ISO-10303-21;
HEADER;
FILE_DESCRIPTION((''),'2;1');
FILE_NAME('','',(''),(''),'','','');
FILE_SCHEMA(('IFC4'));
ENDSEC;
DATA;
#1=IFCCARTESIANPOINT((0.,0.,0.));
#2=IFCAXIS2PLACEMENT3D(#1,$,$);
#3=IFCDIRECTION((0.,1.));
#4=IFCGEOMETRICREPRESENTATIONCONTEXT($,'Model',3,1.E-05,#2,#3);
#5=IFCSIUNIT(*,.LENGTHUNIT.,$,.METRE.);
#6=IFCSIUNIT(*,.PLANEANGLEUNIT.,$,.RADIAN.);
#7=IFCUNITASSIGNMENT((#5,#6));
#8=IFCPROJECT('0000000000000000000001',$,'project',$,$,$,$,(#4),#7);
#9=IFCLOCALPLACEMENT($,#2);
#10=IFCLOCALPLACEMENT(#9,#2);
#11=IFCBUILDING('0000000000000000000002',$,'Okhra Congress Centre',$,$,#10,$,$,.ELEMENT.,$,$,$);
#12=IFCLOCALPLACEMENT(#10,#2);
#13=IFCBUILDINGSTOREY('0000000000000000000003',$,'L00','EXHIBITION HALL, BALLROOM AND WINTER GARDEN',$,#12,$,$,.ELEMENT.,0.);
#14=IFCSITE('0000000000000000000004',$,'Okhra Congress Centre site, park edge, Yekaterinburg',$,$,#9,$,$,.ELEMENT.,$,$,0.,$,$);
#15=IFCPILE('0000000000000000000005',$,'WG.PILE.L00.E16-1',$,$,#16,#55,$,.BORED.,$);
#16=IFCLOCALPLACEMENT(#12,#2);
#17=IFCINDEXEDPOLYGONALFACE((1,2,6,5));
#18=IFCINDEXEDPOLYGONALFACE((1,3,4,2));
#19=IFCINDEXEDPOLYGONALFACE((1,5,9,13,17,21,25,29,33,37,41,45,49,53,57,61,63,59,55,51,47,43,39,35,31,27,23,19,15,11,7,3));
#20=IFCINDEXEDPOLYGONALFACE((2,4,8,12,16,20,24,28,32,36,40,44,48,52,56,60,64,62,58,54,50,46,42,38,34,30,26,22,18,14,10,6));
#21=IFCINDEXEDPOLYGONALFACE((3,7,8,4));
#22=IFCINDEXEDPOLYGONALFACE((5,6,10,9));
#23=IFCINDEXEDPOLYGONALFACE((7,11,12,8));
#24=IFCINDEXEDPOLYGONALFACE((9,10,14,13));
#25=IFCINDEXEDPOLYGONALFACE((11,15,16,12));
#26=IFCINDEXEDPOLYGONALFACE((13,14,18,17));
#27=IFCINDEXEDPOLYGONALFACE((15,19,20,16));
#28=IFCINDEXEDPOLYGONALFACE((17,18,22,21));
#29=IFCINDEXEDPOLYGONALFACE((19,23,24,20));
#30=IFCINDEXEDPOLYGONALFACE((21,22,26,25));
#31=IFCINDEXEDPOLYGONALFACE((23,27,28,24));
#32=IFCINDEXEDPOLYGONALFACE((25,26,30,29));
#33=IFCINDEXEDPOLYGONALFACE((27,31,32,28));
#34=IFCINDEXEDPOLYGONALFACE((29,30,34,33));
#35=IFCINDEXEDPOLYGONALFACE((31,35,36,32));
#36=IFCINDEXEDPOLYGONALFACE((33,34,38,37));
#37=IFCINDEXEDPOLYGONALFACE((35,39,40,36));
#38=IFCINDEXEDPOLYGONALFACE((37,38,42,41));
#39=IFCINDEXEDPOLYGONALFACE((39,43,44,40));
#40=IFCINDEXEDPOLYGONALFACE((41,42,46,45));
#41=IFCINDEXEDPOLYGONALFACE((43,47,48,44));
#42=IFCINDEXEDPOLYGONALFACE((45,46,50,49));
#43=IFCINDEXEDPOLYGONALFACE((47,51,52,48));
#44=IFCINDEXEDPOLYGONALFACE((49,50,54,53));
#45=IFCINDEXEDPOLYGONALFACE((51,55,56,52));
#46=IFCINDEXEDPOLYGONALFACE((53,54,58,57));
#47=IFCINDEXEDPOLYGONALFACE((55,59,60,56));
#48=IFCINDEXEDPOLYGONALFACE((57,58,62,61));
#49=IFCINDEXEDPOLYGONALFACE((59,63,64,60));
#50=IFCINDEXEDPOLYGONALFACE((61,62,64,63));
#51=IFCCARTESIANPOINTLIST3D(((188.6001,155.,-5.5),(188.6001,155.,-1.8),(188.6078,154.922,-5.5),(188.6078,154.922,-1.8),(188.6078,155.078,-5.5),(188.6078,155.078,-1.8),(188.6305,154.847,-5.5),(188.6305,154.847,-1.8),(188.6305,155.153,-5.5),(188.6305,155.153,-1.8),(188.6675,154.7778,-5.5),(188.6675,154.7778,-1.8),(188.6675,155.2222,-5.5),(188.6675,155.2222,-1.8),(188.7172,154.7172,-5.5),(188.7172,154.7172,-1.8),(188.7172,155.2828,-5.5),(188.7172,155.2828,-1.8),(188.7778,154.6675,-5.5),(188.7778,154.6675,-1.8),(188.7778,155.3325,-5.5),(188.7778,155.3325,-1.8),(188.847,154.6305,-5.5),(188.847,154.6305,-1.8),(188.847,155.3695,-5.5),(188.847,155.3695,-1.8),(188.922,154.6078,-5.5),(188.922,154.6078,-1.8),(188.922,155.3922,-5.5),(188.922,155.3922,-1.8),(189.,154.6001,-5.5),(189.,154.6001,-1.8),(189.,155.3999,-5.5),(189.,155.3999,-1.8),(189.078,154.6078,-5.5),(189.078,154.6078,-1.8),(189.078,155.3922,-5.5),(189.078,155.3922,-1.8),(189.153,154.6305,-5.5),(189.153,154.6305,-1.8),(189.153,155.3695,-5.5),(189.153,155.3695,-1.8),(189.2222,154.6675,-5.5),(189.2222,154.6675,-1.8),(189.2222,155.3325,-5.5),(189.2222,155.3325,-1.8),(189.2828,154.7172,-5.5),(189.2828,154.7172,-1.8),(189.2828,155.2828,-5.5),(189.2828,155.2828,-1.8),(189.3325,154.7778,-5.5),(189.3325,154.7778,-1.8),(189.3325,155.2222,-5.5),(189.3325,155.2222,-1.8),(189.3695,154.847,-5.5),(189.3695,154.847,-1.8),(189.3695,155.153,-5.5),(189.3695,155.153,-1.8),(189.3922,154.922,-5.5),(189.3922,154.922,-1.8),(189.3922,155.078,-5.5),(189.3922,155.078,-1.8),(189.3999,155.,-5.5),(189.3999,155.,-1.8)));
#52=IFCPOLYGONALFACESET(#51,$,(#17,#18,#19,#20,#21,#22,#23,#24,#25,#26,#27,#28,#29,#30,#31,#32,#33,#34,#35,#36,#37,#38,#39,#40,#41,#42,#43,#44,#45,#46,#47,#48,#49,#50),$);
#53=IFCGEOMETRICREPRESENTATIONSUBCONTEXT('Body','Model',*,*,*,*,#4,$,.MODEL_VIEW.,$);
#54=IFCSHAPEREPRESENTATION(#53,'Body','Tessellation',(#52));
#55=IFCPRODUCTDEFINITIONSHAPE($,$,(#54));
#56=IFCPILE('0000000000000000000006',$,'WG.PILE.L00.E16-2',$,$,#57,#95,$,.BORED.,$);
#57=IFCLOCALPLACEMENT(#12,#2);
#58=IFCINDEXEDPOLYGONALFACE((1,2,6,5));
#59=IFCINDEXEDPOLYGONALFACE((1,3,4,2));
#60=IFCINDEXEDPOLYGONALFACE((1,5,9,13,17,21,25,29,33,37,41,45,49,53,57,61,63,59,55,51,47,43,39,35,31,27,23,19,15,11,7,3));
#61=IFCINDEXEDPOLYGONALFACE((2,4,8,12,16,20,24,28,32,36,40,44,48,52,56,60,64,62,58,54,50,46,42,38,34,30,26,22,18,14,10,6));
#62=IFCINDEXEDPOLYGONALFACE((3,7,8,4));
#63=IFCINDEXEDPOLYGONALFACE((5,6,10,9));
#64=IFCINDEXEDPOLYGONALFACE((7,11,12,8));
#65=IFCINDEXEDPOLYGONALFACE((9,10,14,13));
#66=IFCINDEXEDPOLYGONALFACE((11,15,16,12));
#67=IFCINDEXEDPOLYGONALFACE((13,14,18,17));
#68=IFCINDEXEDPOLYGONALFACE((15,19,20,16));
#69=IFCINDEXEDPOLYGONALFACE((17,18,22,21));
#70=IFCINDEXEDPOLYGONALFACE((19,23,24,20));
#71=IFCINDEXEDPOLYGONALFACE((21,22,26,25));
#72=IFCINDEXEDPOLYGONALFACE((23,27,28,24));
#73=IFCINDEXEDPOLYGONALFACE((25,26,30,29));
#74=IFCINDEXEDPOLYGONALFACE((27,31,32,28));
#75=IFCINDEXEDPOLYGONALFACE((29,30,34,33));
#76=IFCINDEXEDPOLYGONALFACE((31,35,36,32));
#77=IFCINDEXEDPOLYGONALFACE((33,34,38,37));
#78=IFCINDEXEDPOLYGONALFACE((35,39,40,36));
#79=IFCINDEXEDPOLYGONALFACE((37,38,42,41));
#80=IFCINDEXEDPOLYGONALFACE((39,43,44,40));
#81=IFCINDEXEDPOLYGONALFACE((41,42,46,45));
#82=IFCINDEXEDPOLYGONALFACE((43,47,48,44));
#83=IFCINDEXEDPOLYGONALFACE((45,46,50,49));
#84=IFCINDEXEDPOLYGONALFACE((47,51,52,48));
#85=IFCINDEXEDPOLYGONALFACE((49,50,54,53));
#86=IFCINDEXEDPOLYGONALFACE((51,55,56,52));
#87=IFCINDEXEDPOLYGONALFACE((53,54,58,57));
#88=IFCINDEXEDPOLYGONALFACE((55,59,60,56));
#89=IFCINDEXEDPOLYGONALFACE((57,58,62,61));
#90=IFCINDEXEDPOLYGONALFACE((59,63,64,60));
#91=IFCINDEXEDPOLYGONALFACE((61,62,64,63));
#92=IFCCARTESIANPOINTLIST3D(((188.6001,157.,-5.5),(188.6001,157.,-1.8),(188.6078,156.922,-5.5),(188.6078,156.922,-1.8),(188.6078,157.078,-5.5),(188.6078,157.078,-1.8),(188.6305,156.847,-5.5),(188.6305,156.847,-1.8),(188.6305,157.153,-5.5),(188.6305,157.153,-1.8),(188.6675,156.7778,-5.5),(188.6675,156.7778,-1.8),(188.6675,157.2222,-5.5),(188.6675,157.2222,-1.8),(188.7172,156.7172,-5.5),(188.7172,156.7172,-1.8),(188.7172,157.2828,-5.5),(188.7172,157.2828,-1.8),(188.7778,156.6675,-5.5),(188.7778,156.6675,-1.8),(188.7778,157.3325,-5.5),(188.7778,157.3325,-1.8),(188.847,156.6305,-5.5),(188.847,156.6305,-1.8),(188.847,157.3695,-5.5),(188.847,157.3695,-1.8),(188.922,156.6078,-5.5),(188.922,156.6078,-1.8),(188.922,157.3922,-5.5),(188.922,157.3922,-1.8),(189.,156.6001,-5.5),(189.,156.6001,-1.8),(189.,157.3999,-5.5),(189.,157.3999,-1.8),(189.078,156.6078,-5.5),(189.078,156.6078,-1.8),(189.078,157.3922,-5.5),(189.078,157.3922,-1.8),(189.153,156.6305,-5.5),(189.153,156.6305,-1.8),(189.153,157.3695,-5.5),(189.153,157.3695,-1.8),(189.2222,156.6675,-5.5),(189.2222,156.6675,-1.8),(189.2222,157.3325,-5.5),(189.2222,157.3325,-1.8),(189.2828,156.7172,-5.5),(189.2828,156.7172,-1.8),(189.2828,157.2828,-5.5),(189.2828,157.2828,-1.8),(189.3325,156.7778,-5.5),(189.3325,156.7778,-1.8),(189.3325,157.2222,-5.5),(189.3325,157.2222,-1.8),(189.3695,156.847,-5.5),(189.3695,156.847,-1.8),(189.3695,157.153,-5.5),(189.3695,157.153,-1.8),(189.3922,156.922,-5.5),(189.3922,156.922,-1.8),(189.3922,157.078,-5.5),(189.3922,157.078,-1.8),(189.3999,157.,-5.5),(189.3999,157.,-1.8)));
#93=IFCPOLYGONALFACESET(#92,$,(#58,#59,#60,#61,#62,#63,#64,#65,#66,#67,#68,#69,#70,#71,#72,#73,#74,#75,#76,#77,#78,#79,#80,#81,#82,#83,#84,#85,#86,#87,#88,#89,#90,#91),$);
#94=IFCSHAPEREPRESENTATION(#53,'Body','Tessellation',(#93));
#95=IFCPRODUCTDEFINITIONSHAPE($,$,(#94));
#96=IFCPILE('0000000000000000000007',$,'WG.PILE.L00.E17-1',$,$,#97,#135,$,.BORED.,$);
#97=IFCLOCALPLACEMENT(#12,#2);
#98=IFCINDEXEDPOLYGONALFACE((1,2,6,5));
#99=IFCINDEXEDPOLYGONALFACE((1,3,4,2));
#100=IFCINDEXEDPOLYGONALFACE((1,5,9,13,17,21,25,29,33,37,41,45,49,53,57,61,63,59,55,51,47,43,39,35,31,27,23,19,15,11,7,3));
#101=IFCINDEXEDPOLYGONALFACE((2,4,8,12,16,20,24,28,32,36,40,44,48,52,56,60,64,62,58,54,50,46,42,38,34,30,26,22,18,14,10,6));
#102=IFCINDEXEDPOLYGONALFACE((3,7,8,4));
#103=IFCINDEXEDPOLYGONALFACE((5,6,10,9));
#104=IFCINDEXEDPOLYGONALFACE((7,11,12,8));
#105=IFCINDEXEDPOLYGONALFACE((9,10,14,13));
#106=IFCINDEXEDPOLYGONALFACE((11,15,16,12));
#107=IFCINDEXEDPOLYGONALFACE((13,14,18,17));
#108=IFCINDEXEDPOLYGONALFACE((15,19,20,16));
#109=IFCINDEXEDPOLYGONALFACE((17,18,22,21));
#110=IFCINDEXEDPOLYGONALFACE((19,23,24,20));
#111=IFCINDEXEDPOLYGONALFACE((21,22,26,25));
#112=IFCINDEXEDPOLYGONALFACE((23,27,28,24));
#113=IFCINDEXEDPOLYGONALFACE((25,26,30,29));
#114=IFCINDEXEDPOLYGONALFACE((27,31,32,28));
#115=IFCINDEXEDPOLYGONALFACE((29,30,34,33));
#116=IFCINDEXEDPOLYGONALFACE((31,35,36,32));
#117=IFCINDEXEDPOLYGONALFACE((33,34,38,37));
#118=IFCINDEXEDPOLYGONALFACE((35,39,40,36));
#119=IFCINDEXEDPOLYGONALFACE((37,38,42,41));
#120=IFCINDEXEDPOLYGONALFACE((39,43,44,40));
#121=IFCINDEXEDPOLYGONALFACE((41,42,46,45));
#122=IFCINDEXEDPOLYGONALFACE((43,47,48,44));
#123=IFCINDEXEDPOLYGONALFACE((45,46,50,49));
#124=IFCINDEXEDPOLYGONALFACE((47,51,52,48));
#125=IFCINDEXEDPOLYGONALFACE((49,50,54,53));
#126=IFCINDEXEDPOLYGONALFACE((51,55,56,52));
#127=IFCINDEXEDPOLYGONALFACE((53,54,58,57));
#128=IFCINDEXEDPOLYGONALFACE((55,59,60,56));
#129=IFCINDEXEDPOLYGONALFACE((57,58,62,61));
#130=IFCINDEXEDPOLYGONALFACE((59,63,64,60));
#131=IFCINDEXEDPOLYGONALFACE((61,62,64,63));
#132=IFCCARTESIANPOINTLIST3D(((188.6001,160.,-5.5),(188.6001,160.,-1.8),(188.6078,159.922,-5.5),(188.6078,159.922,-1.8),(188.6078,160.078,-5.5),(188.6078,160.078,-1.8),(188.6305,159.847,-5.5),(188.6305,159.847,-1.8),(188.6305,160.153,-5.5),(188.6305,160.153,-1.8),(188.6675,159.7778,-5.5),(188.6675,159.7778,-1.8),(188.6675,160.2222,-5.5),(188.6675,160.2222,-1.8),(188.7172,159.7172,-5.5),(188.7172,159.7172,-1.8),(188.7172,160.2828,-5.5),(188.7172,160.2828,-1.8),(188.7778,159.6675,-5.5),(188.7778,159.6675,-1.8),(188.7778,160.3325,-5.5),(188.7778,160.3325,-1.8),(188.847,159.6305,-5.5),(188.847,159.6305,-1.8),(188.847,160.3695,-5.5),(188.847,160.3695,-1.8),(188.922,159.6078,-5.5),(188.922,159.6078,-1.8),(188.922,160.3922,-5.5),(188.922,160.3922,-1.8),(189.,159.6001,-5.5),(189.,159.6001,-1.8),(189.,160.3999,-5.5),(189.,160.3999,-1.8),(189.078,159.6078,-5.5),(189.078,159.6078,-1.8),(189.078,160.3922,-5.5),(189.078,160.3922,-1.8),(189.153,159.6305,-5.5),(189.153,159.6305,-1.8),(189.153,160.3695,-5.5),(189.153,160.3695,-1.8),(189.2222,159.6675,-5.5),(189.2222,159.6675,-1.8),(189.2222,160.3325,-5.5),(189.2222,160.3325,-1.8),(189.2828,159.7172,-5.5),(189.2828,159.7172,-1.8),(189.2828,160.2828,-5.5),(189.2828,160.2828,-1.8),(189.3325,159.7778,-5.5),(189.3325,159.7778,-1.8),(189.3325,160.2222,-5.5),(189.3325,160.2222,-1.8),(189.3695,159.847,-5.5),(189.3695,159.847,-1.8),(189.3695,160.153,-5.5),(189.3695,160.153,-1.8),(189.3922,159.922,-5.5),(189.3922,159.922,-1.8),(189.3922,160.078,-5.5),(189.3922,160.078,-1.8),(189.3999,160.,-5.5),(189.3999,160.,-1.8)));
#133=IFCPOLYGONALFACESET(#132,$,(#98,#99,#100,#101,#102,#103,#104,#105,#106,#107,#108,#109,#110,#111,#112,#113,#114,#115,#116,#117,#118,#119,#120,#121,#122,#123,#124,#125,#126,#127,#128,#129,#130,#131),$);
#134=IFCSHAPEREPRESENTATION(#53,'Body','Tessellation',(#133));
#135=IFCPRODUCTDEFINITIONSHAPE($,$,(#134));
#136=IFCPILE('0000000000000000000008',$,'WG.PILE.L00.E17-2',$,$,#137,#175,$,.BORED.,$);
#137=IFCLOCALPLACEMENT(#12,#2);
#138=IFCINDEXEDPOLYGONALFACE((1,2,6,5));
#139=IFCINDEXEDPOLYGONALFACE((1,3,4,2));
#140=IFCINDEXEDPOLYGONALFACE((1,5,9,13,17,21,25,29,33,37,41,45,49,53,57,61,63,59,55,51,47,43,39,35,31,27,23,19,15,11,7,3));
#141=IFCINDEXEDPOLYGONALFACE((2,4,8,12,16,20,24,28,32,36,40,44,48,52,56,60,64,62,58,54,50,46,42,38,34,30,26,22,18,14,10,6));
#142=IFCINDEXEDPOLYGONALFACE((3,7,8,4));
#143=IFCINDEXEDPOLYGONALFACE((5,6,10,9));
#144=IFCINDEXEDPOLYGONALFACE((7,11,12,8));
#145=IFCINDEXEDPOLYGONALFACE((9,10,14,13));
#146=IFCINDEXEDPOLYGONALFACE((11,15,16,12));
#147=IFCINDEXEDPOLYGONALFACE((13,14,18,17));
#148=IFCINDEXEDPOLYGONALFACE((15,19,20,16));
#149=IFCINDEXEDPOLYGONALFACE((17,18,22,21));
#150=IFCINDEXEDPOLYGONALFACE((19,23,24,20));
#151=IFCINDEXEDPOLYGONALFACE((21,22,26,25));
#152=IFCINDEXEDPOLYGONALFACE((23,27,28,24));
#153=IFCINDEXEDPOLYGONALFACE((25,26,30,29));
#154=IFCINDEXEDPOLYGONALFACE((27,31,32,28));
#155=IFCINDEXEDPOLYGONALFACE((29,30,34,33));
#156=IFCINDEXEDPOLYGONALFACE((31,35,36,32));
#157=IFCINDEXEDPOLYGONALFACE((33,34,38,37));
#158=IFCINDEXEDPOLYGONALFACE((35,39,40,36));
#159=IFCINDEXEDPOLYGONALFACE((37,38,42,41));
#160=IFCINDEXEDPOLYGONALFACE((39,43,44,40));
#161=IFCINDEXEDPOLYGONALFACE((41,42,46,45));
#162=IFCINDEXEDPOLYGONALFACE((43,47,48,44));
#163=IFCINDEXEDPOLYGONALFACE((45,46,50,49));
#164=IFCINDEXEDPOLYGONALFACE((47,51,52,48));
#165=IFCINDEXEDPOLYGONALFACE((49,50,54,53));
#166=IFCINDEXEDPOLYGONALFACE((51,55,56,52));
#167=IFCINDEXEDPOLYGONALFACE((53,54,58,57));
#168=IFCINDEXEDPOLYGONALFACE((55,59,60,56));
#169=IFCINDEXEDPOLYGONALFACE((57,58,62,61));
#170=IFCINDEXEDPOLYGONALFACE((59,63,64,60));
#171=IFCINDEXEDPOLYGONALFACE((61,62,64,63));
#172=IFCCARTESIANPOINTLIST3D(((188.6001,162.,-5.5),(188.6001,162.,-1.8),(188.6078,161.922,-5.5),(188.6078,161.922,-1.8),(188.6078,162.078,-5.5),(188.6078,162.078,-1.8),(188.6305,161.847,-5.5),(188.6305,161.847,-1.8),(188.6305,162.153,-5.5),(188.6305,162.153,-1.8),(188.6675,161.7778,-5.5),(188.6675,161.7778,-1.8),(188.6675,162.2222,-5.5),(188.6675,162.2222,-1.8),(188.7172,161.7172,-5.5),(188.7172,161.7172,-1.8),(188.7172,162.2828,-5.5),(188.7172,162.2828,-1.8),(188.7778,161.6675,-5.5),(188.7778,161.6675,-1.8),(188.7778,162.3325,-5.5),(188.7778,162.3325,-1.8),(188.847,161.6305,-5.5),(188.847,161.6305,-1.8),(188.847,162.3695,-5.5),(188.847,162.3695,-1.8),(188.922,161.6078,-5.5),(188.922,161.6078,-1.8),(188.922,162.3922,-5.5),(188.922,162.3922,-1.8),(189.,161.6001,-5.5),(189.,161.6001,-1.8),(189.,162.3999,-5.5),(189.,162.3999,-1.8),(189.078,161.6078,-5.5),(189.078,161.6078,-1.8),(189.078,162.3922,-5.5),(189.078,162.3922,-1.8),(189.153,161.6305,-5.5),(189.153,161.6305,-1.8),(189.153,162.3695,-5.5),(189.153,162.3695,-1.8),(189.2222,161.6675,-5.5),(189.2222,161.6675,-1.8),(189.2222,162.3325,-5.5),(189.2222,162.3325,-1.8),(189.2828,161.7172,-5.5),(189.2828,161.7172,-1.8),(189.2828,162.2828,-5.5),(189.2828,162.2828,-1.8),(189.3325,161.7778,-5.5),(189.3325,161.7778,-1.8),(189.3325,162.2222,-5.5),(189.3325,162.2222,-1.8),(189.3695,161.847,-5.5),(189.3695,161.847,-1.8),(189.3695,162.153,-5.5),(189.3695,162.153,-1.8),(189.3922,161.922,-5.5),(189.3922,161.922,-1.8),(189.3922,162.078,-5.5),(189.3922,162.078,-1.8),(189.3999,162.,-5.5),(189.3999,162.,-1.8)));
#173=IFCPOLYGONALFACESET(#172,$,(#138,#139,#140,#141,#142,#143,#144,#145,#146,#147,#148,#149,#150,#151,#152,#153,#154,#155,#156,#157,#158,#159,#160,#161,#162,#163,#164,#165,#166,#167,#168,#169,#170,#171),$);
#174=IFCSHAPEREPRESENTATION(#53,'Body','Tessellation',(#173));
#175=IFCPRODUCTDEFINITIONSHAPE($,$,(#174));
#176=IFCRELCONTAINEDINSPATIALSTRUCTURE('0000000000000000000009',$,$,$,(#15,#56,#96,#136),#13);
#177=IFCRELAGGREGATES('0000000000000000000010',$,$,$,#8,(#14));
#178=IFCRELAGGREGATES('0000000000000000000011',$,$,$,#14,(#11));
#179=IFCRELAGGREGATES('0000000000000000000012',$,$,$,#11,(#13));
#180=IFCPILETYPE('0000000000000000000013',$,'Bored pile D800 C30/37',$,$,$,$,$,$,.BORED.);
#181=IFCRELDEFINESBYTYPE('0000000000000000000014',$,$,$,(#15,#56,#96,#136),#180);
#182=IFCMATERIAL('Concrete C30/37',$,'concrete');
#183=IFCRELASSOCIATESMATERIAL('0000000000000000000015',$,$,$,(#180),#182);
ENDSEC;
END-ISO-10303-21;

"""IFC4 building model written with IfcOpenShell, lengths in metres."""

from ifc_helpers import new_model, si_unit, direction, frame, origin, origin_2d, place, context, subcontext, project, spatial, circle, extrude, material, material_profile, profile_set, type_object, element, save


model = new_model("IFC4")

# Units and contexts
model_context = context("Model", 3, precision=1e-05, world=origin(), true_north=direction((0.0, 1.0)))
body_context = subcontext(model_context, "Body", "Model", "MODEL_VIEW")
ifc_project = project(units=[si_unit("LENGTHUNIT", "METRE"), si_unit("PLANEANGLEUNIT", "RADIAN")], contexts=[model_context])

# Site, building, storey
site_placement = place(None, origin())
site = spatial("IfcSite", under=ifc_project, at=site_placement, Name="Okhra Congress Centre site, park edge, Yekaterinburg", CompositionType="ELEMENT", RefElevation=0.0)
building_placement = place(site_placement, origin())
building = spatial("IfcBuilding", under=site, at=building_placement, Name="Okhra Congress Centre", CompositionType="ELEMENT")
storey_placement = place(building_placement, origin())
storey = spatial("IfcBuildingStorey", under=building, at=storey_placement, Name="L00", Description="EXHIBITION HALL, BALLROOM AND WINTER GARDEN", CompositionType="ELEMENT", Elevation=0.0)

# Piles
ifc_material_1 = material(Name="Concrete C30/37", Category="concrete")
ifc_material_profile_1 = material_profile(ifc_material_1, circle(Radius=0.3999, at=origin_2d()), Name="D800")
ifc_profile_set_1 = profile_set([ifc_material_profile_1], Name="Concrete C30/37")
pile_type_1 = type_object("IfcPileType", Name="Bored pile D800 C30/37", PredefinedType="BORED", material=ifc_profile_set_1)
for number, where, z_axis, x_axis, name in (
    (1, (189.0, 155.0, -1.8), (0.0, 0.0, -1.0), (1.0, 0.0, 0.0), "WG.PILE.L00.E16-1"),
    (2, (189.0, 157.0, -1.8), (0.0, 0.0, -1.0), (1.0, 0.0, 0.0), "WG.PILE.L00.E16-2"),
    (3, (189.0, 160.0, -1.8), (0.0, 0.0, -1.0), (1.0, 0.0, 0.0), "WG.PILE.L00.E17-1"),
    (4, (189.0, 162.0, -1.8), (0.0, 0.0, -1.0), (1.0, 0.0, 0.0), "WG.PILE.L00.E17-2"),
):
    element("IfcPile", number, at=place(storey_placement, frame(where, z_axis=z_axis, x_axis=x_axis)), inside=storey, type_object=pile_type_1, Name=name, PredefinedType="BORED", context=body_context, shape_type="SweptSolid", body=[
        extrude(circle(Radius=0.3999, at=origin_2d()), origin(), (0.0, 0.0, 1.0), 3.7),
    ])

save(model, "model.ifc")
